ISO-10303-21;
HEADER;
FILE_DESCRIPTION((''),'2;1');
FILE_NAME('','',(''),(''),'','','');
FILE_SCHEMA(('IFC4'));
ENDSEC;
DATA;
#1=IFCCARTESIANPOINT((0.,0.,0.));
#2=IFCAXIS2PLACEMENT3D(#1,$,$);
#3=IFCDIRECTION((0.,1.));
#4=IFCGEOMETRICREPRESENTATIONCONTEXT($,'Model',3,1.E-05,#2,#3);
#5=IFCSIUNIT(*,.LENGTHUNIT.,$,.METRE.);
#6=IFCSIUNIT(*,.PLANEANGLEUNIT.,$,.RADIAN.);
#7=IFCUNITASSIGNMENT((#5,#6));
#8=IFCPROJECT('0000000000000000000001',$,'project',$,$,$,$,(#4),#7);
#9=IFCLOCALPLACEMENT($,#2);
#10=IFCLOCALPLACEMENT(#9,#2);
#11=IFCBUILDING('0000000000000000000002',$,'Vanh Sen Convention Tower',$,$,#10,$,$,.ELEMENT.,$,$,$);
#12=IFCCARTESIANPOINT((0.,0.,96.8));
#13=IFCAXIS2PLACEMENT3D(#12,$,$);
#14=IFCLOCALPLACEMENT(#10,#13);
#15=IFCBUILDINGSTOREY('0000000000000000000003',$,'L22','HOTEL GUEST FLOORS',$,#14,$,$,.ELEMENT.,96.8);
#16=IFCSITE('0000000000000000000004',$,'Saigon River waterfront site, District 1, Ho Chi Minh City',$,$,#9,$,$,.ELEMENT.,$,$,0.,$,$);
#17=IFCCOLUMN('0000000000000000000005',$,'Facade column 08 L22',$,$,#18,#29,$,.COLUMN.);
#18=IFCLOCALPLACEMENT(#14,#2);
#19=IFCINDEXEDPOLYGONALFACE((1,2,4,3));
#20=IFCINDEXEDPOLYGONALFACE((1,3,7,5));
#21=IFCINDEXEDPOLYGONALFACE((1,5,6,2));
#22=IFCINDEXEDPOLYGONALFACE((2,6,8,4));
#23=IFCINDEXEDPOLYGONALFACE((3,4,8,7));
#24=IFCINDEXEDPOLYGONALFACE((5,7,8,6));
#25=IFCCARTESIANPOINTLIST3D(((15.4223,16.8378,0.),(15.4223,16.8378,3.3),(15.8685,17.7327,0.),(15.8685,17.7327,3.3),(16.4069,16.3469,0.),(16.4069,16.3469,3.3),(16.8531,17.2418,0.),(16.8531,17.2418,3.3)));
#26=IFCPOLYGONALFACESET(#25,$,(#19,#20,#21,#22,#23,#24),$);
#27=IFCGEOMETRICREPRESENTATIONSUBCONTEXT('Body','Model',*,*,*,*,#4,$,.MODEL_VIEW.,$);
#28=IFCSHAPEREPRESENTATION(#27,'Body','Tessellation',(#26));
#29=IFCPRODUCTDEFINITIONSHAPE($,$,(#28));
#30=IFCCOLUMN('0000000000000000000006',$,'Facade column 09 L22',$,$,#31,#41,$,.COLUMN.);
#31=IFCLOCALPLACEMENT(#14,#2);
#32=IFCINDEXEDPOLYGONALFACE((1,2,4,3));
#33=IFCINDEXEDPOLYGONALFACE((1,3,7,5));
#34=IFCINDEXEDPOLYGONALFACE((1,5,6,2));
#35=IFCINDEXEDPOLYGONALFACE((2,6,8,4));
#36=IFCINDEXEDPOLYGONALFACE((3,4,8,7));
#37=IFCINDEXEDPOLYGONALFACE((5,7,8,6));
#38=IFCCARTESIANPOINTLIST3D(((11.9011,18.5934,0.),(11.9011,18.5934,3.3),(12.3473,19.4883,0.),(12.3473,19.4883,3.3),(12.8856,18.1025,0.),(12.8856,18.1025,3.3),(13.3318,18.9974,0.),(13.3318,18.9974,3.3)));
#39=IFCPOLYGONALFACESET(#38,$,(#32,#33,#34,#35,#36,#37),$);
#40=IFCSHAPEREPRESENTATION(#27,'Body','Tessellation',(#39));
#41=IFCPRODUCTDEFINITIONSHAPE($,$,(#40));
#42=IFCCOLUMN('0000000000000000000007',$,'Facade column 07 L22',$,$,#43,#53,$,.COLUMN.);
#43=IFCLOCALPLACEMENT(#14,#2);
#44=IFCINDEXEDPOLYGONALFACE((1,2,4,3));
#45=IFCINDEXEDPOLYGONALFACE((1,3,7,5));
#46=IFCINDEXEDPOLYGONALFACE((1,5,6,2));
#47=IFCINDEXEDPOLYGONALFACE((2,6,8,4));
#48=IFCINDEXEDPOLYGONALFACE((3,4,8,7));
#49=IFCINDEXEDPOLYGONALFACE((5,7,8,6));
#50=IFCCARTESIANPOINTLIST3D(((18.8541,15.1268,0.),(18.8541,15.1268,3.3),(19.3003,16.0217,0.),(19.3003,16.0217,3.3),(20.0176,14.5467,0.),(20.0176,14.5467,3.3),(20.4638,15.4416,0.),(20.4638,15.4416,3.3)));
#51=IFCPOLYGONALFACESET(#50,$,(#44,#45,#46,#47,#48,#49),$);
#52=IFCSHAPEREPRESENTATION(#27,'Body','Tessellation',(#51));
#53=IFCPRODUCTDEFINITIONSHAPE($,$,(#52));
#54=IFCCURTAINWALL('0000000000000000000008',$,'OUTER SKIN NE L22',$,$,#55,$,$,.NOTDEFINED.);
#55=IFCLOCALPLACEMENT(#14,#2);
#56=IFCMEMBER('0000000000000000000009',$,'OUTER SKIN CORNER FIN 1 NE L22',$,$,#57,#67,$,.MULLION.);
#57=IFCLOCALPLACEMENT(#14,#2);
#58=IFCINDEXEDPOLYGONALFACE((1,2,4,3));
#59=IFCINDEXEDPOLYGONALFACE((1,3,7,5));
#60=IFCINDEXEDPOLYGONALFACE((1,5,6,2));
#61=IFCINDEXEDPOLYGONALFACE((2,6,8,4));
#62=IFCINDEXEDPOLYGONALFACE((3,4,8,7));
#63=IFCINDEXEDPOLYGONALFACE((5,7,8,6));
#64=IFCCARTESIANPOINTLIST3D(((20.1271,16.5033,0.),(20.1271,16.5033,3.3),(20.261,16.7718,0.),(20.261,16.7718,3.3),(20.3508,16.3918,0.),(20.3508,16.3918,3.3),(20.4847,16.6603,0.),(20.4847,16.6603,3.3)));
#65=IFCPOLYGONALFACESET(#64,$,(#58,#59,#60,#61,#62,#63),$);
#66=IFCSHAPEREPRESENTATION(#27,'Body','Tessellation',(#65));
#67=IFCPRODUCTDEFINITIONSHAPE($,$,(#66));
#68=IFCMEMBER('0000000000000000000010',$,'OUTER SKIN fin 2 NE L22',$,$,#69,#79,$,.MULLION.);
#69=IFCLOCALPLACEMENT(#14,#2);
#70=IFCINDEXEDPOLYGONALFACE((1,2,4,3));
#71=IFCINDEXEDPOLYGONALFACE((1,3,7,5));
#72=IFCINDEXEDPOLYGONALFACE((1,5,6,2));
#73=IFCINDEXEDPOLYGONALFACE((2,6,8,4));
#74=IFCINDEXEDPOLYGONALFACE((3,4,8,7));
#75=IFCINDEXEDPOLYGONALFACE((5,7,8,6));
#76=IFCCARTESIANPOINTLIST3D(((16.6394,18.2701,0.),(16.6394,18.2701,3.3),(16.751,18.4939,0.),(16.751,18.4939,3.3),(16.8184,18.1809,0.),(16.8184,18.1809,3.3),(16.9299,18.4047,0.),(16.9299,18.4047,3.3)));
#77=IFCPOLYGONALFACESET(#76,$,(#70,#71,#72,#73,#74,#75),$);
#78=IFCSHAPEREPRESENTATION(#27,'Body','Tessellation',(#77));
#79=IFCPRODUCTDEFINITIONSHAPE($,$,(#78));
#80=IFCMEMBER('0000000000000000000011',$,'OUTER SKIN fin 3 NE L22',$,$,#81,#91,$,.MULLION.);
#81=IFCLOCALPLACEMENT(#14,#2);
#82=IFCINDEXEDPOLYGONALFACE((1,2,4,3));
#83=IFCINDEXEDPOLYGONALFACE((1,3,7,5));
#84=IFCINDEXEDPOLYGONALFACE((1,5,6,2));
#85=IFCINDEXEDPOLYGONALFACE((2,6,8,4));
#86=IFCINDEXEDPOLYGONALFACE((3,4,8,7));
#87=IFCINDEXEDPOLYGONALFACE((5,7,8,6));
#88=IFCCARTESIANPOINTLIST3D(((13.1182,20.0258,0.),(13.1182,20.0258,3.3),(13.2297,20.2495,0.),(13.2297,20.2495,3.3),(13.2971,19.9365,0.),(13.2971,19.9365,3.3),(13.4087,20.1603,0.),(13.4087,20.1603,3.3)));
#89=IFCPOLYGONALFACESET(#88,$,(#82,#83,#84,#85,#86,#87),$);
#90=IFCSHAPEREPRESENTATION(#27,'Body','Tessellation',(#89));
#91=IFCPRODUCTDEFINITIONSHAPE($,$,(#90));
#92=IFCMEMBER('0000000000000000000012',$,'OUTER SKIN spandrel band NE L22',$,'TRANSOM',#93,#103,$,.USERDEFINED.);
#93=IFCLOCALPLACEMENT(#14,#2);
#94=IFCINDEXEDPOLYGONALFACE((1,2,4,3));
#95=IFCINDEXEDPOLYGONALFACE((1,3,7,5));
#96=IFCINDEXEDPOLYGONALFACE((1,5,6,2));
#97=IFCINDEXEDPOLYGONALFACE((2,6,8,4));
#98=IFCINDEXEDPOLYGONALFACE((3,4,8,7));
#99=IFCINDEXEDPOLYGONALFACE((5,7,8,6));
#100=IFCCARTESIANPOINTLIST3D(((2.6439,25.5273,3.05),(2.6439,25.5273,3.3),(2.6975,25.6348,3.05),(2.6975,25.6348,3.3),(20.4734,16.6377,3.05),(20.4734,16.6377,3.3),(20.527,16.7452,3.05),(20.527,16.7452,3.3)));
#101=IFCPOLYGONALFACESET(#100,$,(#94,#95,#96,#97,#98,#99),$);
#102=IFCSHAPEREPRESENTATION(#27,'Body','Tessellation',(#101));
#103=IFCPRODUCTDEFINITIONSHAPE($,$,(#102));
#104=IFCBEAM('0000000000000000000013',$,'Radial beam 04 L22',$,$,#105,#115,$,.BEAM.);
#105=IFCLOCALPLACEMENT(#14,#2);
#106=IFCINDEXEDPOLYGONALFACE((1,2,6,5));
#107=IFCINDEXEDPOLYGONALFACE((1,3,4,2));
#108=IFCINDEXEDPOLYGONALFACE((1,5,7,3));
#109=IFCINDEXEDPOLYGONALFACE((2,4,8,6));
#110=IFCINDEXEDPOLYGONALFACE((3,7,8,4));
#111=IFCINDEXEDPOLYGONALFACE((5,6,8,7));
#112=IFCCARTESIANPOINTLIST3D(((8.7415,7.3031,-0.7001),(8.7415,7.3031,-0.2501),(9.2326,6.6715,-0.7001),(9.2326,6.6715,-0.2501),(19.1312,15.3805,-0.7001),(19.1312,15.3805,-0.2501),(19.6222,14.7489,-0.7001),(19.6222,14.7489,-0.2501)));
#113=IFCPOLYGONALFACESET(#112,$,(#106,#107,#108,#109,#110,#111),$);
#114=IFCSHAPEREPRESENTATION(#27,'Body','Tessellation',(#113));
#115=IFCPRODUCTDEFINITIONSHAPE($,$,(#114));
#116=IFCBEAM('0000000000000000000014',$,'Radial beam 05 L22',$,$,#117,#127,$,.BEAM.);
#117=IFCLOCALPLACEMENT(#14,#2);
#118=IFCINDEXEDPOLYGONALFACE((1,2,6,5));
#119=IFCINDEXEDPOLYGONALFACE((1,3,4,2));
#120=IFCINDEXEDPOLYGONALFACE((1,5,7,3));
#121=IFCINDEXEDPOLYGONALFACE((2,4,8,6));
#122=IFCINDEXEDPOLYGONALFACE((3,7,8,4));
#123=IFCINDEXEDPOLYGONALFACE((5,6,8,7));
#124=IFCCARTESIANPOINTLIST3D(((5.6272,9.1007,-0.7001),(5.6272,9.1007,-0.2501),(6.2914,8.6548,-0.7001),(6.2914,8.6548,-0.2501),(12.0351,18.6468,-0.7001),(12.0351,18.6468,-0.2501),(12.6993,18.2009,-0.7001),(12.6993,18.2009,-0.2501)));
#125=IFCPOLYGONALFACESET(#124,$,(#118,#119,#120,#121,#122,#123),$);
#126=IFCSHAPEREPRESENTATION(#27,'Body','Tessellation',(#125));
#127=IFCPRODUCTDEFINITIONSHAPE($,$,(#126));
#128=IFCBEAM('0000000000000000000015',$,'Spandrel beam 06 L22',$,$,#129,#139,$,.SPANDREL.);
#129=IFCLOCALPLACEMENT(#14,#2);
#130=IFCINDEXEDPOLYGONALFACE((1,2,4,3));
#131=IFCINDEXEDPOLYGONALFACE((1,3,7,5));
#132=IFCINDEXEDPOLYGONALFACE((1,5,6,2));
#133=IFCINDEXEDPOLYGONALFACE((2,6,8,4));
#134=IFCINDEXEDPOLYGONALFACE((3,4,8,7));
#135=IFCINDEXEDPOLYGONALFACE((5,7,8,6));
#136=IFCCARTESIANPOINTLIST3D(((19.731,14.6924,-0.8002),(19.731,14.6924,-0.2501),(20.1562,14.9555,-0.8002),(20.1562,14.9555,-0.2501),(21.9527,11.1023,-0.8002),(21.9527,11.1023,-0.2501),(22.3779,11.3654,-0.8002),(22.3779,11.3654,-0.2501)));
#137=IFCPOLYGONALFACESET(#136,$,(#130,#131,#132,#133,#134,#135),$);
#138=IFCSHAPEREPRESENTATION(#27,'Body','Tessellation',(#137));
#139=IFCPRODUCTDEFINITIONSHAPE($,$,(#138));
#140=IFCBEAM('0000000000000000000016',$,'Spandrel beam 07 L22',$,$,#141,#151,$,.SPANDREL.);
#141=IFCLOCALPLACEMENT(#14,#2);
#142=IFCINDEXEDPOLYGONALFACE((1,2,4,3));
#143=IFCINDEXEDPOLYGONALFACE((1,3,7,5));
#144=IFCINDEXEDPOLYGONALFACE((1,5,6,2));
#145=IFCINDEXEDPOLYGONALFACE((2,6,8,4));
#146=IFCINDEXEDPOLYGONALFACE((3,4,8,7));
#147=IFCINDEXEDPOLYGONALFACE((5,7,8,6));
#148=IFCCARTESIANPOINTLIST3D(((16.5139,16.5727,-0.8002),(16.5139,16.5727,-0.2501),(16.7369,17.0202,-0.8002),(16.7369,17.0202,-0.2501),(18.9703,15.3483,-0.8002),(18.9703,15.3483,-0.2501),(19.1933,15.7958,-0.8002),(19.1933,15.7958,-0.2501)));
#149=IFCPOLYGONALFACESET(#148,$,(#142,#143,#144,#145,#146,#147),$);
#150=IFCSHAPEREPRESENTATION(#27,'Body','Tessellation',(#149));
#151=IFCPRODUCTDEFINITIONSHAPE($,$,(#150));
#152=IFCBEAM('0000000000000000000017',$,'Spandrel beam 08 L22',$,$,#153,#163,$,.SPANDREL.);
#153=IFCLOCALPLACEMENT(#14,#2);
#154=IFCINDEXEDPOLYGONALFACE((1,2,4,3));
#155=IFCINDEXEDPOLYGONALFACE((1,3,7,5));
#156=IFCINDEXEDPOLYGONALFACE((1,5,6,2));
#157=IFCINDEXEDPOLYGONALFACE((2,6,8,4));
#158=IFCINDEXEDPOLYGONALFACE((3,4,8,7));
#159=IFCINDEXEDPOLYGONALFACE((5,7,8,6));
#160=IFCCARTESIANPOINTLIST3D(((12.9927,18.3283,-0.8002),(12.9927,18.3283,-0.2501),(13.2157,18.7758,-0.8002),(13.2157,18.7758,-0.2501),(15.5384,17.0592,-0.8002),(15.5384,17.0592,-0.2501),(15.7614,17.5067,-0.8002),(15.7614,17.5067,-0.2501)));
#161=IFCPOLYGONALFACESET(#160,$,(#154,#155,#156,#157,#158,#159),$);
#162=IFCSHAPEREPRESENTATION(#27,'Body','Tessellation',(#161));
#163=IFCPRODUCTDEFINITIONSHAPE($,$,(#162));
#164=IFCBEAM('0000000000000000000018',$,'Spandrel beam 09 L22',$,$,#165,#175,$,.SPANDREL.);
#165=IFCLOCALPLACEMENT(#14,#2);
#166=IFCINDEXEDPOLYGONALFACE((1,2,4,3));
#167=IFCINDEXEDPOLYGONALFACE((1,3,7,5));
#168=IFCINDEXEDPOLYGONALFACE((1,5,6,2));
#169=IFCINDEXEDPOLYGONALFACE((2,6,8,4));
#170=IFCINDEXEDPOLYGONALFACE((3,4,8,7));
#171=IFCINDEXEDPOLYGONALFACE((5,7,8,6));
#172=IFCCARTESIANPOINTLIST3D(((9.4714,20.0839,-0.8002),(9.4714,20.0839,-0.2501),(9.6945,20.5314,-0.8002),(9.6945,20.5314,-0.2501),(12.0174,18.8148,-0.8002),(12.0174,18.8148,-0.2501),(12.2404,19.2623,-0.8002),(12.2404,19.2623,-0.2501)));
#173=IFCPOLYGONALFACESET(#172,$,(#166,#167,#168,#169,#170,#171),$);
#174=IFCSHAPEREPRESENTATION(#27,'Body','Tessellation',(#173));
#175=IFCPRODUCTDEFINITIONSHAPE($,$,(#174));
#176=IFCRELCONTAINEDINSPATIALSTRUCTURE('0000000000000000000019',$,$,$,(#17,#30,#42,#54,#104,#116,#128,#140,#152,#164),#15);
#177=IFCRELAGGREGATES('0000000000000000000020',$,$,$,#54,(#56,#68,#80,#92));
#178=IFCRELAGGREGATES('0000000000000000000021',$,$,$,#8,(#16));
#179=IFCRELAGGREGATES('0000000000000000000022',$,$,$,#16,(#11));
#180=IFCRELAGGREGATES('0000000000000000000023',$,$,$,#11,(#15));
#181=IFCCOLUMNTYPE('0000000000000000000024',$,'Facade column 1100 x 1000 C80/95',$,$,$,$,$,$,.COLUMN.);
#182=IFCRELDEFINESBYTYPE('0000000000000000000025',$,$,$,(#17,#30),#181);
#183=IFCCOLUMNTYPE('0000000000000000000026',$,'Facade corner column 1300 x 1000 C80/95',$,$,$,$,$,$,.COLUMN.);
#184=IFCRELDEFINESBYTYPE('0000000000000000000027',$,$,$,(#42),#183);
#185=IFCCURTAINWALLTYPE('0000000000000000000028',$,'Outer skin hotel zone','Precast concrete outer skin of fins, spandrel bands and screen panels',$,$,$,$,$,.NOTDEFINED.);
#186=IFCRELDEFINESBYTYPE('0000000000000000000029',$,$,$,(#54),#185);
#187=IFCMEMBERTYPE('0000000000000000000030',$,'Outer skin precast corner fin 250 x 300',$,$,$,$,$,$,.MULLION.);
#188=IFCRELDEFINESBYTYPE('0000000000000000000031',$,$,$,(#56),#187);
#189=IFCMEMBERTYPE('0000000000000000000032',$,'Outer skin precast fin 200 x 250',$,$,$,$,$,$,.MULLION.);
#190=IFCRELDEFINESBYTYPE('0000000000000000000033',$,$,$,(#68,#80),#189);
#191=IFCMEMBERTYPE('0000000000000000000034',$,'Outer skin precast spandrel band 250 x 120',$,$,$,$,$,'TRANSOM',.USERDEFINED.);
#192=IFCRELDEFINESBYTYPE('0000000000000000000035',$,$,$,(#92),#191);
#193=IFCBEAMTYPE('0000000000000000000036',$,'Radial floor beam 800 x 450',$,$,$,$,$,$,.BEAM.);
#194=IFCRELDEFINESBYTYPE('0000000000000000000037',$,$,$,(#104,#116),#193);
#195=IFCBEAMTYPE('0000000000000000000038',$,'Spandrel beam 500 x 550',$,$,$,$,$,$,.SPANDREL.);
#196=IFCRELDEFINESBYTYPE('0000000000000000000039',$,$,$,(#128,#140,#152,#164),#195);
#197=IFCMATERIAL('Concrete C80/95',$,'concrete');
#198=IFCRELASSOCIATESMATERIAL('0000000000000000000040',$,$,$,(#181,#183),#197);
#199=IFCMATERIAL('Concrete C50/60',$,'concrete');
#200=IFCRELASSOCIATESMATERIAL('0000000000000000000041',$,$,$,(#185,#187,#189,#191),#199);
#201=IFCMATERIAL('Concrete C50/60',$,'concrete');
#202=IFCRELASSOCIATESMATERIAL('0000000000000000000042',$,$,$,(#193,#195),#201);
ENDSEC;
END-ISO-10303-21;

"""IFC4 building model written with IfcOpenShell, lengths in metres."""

from ifc_helpers import new_model, si_unit, direction, frame, origin, origin_2d, place, context, subcontext, project, spatial, rectangle, extrude, material, material_profile, profile_set, type_object, element, aggregate, save


model = new_model("IFC4")

# Units and contexts
model_context = context("Model", 3, precision=1e-05, world=origin(), true_north=direction((0.0, 1.0)))
body_context = subcontext(model_context, "Body", "Model", "MODEL_VIEW")
ifc_project = project(units=[si_unit("LENGTHUNIT", "METRE"), si_unit("PLANEANGLEUNIT", "RADIAN")], contexts=[model_context])

# Site, building, storey
site_placement = place(None, origin())
site = spatial("IfcSite", under=ifc_project, at=site_placement, Name="Saigon River waterfront site, District 1, Ho Chi Minh City", CompositionType="ELEMENT", RefElevation=0.0)
building_placement = place(site_placement, origin())
building = spatial("IfcBuilding", under=site, at=building_placement, Name="Vanh Sen Convention Tower", CompositionType="ELEMENT")
storey_placement = place(building_placement, frame((0.0, 0.0, 96.8)))
storey = spatial("IfcBuildingStorey", under=building, at=storey_placement, Name="L22", Description="HOTEL GUEST FLOORS", CompositionType="ELEMENT", Elevation=96.8)

# Columns
ifc_material_1 = material(Name="Concrete C80/95", Category="concrete")
ifc_material_profile_1 = material_profile(ifc_material_1, rectangle(XDim=1.1001, YDim=1.0, at=origin_2d()), Name="RC 1100X1000")
ifc_profile_set_1 = profile_set([ifc_material_profile_1], Name="Concrete C80/95")
column_type_1 = type_object("IfcColumnType", Name="Facade column 1100 x 1000 C80/95", PredefinedType="COLUMN", material=ifc_profile_set_1)
for number, where, z_axis, x_axis, name in (
    (1, (16.1377, 17.0398, 0.0), (0.0, 0.0, 1.0), (-0.894934, 0.446198, 0.0), "Facade column 08 L22"),
    (2, (12.6165, 18.7954, 0.0), (0.0, 0.0, 1.0), (-0.894934, 0.446198, 0.0), "Facade column 09 L22"),
):
    element("IfcColumn", number, at=place(storey_placement, frame(where, z_axis=z_axis, x_axis=x_axis)), inside=storey, type_object=column_type_1, Name=name, PredefinedType="COLUMN", context=body_context, shape_type="SweptSolid", body=[
        extrude(rectangle(XDim=1.1001, YDim=1.0, at=origin_2d()), origin(), (0.0, 0.0, 1.0), 3.3),
    ])
ifc_material_profile_2 = material_profile(ifc_material_1, rectangle(XDim=1.3, YDim=1.0, at=origin_2d()), Name="RC 1300X1000")
ifc_profile_set_2 = profile_set([ifc_material_profile_2], Name="Concrete C80/95")
column_type_2 = type_object("IfcColumnType", Name="Facade corner column 1300 x 1000 C80/95", PredefinedType="COLUMN", material=ifc_profile_set_2)
column_placement = place(storey_placement, frame((19.6589, 15.2842, 0.0), z_axis=(0.0, 0.0, 1.0), x_axis=(-0.894934, 0.446198, 0.0)))
element("IfcColumn", 3, at=column_placement, inside=storey, type_object=column_type_2, Name="Facade column 07 L22", PredefinedType="COLUMN", context=body_context, shape_type="SweptSolid", body=[
    extrude(rectangle(XDim=1.3, YDim=1.0, at=origin_2d()), origin(), (0.0, 0.0, 1.0), 3.3),
])

# Curtain wall, members
ifc_material_2 = material(Name="Concrete C50/60", Category="concrete")
curtain_wall_type = type_object("IfcCurtainWallType", Name="Outer skin hotel zone", Description="Precast concrete outer skin of fins, spandrel bands and screen panels", PredefinedType="NOTDEFINED", material=ifc_material_2)
curtain_wall_1_placement = place(storey_placement, origin())
curtain_wall_1 = element("IfcCurtainWall", 4, at=curtain_wall_1_placement, inside=storey, type_object=curtain_wall_type, Name="OUTER SKIN NE L22", PredefinedType="NOTDEFINED")
ifc_material_profile_3 = material_profile(ifc_material_2, rectangle(XDim=0.25, YDim=0.3, at=origin_2d()), Name="Outer skin precast corner fin 250 x 300")
ifc_profile_set_3 = profile_set([ifc_material_profile_3], Name="Concrete C50/60")
member_type_1 = type_object("IfcMemberType", Name="Outer skin precast corner fin 250 x 300", PredefinedType="MULLION", material=ifc_profile_set_3)
member_1_placement = place(storey_placement, frame((20.3059, 16.5818, 0.0), z_axis=(0.0, 0.0, 1.0), x_axis=(-0.894934, 0.446198, 0.0)))
member_1 = element("IfcMember", 5, at=member_1_placement, type_object=member_type_1, Name="OUTER SKIN CORNER FIN 1 NE L22", PredefinedType="MULLION", context=body_context, shape_type="SweptSolid", body=[
    extrude(rectangle(XDim=0.25, YDim=0.3, at=origin_2d()), origin(), (0.0, 0.0, 1.0), 3.3),
])
ifc_material_profile_4 = material_profile(ifc_material_2, rectangle(XDim=0.2, YDim=0.25, at=origin_2d()), Name="Outer skin precast fin 200 x 250")
ifc_profile_set_4 = profile_set([ifc_material_profile_4], Name="Concrete C50/60")
member_type_2 = type_object("IfcMemberType", Name="Outer skin precast fin 200 x 250", PredefinedType="MULLION", material=ifc_profile_set_4)
member_2_placement = place(storey_placement, frame((16.7847, 18.3374, 0.0), z_axis=(0.0, 0.0, 1.0), x_axis=(-0.894934, 0.446198, 0.0)))
member_2 = element("IfcMember", 6, at=member_2_placement, type_object=member_type_2, Name="OUTER SKIN fin 2 NE L22", PredefinedType="MULLION", context=body_context, shape_type="SweptSolid", body=[
    extrude(rectangle(XDim=0.2, YDim=0.25, at=origin_2d()), origin(), (0.0, 0.0, 1.0), 3.3),
])
member_3_placement = place(storey_placement, frame((13.2634, 20.093, 0.0), z_axis=(0.0, 0.0, 1.0), x_axis=(-0.894934, 0.446198, 0.0)))
member_3 = element("IfcMember", 7, at=member_3_placement, type_object=member_type_2, Name="OUTER SKIN fin 3 NE L22", PredefinedType="MULLION", context=body_context, shape_type="SweptSolid", body=[
    extrude(rectangle(XDim=0.2, YDim=0.25, at=origin_2d()), origin(), (0.0, 0.0, 1.0), 3.3),
])
ifc_material_profile_5 = material_profile(ifc_material_2, rectangle(XDim=0.1201, YDim=0.25, at=origin_2d()), Name="Outer skin precast spandrel band 250 x 120")
ifc_profile_set_5 = profile_set([ifc_material_profile_5], Name="Concrete C50/60")
member_type_3 = type_object("IfcMemberType", Name="Outer skin precast spandrel band 250 x 120", ElementType="TRANSOM", PredefinedType="USERDEFINED", material=ifc_profile_set_5)
member_4_placement = place(storey_placement, frame((20.5002, 16.6914, 3.175), z_axis=(-0.894931, 0.446204, 0.0), x_axis=(-0.446204, -0.894931, 0.0)))
member_4 = element("IfcMember", 8, at=member_4_placement, type_object=member_type_3, Name="OUTER SKIN spandrel band NE L22", ObjectType="TRANSOM", PredefinedType="USERDEFINED", context=body_context, shape_type="SweptSolid", body=[
    extrude(rectangle(XDim=0.1201, YDim=0.25, at=origin_2d()), origin(), (0.0, 0.0, 1.0), 19.9229),
])

# Beams
ifc_material_3 = material(Name="Concrete C50/60", Category="concrete")
ifc_material_profile_6 = material_profile(ifc_material_3, rectangle(XDim=0.8, YDim=0.45, at=origin_2d()), Name="RC 800X450")
ifc_profile_set_6 = profile_set([ifc_material_profile_6], Name="Concrete C50/60")
beam_type_1 = type_object("IfcBeamType", Name="Radial floor beam 800 x 450", PredefinedType="BEAM", material=ifc_profile_set_6)
beam_1_placement = place(storey_placement, frame((19.3767, 15.0647, -0.4751), z_axis=(-0.789479, -0.613777, 0.0), x_axis=(0.613777, -0.789479, 0.0)))
element("IfcBeam", 9, at=beam_1_placement, inside=storey, type_object=beam_type_1, Name="Radial beam 04 L22", PredefinedType="BEAM", context=body_context, shape_type="SweptSolid", body=[
    extrude(rectangle(XDim=0.8, YDim=0.45, at=origin_2d()), origin(), (0.0, 0.0, 1.0), 13.1602),
])
beam_2_placement = place(storey_placement, frame((12.3672, 18.4238, -0.4751), z_axis=(-0.557339, -0.830285, 0.0), x_axis=(0.830285, -0.557339, 0.0)))
element("IfcBeam", 10, at=beam_2_placement, inside=storey, type_object=beam_type_1, Name="Radial beam 05 L22", PredefinedType="BEAM", context=body_context, shape_type="SweptSolid", body=[
    extrude(rectangle(XDim=0.8, YDim=0.45, at=origin_2d()), origin(), (0.0, 0.0, 1.0), 11.4973),
])
ifc_material_profile_7 = material_profile(ifc_material_3, rectangle(XDim=0.5, YDim=0.55, at=origin_2d()), Name="RC 500X550")
ifc_profile_set_7 = profile_set([ifc_material_profile_7], Name="Concrete C50/60")
beam_type_2 = type_object("IfcBeamType", Name="Spandrel beam 500 x 550", PredefinedType="SPANDREL", material=ifc_profile_set_7)
beam_3_placement = place(storey_placement, frame((22.1653, 11.2339, -0.5251), z_axis=(-0.526225, 0.850345, 0.0), x_axis=(-0.850345, -0.526225, 0.0)))
element("IfcBeam", 11, at=beam_3_placement, inside=storey, type_object=beam_type_2, Name="Spandrel beam 06 L22", PredefinedType="SPANDREL", context=body_context, shape_type="SweptSolid", body=[
    extrude(rectangle(XDim=0.5, YDim=0.55, at=origin_2d()), origin(), (0.0, 0.0, 1.0), 4.2219),
])
beam_4_placement = place(storey_placement, frame((19.0818, 15.572, -0.5251), z_axis=(-0.894978, 0.44611, 0.0), x_axis=(-0.44611, -0.894978, 0.0)))
element("IfcBeam", 12, at=beam_4_placement, inside=storey, type_object=beam_type_2, Name="Spandrel beam 07 L22", PredefinedType="SPANDREL", context=body_context, shape_type="SweptSolid", body=[
    extrude(rectangle(XDim=0.5, YDim=0.55, at=origin_2d()), origin(), (0.0, 0.0, 1.0), 2.7446),
])
beam_5_placement = place(storey_placement, frame((15.6499, 17.283, -0.5251), z_axis=(-0.894959, 0.446149, 0.0), x_axis=(-0.446149, -0.894959, 0.0)))
element("IfcBeam", 13, at=beam_5_placement, inside=storey, type_object=beam_type_2, Name="Spandrel beam 08 L22", PredefinedType="SPANDREL", context=body_context, shape_type="SweptSolid", body=[
    extrude(rectangle(XDim=0.5, YDim=0.55, at=origin_2d()), origin(), (0.0, 0.0, 1.0), 2.8445),
])
beam_6_placement = place(storey_placement, frame((12.1289, 19.0386, -0.5251), z_axis=(-0.894976, 0.446115, 0.0), x_axis=(-0.446115, -0.894976, 0.0)))
element("IfcBeam", 14, at=beam_6_placement, inside=storey, type_object=beam_type_2, Name="Spandrel beam 09 L22", PredefinedType="SPANDREL", context=body_context, shape_type="SweptSolid", body=[
    extrude(rectangle(XDim=0.5, YDim=0.55, at=origin_2d()), origin(), (0.0, 0.0, 1.0), 2.8447),
])

aggregate(curtain_wall_1, [member_1, member_2, member_3, member_4])

save(model, "model.ifc")
